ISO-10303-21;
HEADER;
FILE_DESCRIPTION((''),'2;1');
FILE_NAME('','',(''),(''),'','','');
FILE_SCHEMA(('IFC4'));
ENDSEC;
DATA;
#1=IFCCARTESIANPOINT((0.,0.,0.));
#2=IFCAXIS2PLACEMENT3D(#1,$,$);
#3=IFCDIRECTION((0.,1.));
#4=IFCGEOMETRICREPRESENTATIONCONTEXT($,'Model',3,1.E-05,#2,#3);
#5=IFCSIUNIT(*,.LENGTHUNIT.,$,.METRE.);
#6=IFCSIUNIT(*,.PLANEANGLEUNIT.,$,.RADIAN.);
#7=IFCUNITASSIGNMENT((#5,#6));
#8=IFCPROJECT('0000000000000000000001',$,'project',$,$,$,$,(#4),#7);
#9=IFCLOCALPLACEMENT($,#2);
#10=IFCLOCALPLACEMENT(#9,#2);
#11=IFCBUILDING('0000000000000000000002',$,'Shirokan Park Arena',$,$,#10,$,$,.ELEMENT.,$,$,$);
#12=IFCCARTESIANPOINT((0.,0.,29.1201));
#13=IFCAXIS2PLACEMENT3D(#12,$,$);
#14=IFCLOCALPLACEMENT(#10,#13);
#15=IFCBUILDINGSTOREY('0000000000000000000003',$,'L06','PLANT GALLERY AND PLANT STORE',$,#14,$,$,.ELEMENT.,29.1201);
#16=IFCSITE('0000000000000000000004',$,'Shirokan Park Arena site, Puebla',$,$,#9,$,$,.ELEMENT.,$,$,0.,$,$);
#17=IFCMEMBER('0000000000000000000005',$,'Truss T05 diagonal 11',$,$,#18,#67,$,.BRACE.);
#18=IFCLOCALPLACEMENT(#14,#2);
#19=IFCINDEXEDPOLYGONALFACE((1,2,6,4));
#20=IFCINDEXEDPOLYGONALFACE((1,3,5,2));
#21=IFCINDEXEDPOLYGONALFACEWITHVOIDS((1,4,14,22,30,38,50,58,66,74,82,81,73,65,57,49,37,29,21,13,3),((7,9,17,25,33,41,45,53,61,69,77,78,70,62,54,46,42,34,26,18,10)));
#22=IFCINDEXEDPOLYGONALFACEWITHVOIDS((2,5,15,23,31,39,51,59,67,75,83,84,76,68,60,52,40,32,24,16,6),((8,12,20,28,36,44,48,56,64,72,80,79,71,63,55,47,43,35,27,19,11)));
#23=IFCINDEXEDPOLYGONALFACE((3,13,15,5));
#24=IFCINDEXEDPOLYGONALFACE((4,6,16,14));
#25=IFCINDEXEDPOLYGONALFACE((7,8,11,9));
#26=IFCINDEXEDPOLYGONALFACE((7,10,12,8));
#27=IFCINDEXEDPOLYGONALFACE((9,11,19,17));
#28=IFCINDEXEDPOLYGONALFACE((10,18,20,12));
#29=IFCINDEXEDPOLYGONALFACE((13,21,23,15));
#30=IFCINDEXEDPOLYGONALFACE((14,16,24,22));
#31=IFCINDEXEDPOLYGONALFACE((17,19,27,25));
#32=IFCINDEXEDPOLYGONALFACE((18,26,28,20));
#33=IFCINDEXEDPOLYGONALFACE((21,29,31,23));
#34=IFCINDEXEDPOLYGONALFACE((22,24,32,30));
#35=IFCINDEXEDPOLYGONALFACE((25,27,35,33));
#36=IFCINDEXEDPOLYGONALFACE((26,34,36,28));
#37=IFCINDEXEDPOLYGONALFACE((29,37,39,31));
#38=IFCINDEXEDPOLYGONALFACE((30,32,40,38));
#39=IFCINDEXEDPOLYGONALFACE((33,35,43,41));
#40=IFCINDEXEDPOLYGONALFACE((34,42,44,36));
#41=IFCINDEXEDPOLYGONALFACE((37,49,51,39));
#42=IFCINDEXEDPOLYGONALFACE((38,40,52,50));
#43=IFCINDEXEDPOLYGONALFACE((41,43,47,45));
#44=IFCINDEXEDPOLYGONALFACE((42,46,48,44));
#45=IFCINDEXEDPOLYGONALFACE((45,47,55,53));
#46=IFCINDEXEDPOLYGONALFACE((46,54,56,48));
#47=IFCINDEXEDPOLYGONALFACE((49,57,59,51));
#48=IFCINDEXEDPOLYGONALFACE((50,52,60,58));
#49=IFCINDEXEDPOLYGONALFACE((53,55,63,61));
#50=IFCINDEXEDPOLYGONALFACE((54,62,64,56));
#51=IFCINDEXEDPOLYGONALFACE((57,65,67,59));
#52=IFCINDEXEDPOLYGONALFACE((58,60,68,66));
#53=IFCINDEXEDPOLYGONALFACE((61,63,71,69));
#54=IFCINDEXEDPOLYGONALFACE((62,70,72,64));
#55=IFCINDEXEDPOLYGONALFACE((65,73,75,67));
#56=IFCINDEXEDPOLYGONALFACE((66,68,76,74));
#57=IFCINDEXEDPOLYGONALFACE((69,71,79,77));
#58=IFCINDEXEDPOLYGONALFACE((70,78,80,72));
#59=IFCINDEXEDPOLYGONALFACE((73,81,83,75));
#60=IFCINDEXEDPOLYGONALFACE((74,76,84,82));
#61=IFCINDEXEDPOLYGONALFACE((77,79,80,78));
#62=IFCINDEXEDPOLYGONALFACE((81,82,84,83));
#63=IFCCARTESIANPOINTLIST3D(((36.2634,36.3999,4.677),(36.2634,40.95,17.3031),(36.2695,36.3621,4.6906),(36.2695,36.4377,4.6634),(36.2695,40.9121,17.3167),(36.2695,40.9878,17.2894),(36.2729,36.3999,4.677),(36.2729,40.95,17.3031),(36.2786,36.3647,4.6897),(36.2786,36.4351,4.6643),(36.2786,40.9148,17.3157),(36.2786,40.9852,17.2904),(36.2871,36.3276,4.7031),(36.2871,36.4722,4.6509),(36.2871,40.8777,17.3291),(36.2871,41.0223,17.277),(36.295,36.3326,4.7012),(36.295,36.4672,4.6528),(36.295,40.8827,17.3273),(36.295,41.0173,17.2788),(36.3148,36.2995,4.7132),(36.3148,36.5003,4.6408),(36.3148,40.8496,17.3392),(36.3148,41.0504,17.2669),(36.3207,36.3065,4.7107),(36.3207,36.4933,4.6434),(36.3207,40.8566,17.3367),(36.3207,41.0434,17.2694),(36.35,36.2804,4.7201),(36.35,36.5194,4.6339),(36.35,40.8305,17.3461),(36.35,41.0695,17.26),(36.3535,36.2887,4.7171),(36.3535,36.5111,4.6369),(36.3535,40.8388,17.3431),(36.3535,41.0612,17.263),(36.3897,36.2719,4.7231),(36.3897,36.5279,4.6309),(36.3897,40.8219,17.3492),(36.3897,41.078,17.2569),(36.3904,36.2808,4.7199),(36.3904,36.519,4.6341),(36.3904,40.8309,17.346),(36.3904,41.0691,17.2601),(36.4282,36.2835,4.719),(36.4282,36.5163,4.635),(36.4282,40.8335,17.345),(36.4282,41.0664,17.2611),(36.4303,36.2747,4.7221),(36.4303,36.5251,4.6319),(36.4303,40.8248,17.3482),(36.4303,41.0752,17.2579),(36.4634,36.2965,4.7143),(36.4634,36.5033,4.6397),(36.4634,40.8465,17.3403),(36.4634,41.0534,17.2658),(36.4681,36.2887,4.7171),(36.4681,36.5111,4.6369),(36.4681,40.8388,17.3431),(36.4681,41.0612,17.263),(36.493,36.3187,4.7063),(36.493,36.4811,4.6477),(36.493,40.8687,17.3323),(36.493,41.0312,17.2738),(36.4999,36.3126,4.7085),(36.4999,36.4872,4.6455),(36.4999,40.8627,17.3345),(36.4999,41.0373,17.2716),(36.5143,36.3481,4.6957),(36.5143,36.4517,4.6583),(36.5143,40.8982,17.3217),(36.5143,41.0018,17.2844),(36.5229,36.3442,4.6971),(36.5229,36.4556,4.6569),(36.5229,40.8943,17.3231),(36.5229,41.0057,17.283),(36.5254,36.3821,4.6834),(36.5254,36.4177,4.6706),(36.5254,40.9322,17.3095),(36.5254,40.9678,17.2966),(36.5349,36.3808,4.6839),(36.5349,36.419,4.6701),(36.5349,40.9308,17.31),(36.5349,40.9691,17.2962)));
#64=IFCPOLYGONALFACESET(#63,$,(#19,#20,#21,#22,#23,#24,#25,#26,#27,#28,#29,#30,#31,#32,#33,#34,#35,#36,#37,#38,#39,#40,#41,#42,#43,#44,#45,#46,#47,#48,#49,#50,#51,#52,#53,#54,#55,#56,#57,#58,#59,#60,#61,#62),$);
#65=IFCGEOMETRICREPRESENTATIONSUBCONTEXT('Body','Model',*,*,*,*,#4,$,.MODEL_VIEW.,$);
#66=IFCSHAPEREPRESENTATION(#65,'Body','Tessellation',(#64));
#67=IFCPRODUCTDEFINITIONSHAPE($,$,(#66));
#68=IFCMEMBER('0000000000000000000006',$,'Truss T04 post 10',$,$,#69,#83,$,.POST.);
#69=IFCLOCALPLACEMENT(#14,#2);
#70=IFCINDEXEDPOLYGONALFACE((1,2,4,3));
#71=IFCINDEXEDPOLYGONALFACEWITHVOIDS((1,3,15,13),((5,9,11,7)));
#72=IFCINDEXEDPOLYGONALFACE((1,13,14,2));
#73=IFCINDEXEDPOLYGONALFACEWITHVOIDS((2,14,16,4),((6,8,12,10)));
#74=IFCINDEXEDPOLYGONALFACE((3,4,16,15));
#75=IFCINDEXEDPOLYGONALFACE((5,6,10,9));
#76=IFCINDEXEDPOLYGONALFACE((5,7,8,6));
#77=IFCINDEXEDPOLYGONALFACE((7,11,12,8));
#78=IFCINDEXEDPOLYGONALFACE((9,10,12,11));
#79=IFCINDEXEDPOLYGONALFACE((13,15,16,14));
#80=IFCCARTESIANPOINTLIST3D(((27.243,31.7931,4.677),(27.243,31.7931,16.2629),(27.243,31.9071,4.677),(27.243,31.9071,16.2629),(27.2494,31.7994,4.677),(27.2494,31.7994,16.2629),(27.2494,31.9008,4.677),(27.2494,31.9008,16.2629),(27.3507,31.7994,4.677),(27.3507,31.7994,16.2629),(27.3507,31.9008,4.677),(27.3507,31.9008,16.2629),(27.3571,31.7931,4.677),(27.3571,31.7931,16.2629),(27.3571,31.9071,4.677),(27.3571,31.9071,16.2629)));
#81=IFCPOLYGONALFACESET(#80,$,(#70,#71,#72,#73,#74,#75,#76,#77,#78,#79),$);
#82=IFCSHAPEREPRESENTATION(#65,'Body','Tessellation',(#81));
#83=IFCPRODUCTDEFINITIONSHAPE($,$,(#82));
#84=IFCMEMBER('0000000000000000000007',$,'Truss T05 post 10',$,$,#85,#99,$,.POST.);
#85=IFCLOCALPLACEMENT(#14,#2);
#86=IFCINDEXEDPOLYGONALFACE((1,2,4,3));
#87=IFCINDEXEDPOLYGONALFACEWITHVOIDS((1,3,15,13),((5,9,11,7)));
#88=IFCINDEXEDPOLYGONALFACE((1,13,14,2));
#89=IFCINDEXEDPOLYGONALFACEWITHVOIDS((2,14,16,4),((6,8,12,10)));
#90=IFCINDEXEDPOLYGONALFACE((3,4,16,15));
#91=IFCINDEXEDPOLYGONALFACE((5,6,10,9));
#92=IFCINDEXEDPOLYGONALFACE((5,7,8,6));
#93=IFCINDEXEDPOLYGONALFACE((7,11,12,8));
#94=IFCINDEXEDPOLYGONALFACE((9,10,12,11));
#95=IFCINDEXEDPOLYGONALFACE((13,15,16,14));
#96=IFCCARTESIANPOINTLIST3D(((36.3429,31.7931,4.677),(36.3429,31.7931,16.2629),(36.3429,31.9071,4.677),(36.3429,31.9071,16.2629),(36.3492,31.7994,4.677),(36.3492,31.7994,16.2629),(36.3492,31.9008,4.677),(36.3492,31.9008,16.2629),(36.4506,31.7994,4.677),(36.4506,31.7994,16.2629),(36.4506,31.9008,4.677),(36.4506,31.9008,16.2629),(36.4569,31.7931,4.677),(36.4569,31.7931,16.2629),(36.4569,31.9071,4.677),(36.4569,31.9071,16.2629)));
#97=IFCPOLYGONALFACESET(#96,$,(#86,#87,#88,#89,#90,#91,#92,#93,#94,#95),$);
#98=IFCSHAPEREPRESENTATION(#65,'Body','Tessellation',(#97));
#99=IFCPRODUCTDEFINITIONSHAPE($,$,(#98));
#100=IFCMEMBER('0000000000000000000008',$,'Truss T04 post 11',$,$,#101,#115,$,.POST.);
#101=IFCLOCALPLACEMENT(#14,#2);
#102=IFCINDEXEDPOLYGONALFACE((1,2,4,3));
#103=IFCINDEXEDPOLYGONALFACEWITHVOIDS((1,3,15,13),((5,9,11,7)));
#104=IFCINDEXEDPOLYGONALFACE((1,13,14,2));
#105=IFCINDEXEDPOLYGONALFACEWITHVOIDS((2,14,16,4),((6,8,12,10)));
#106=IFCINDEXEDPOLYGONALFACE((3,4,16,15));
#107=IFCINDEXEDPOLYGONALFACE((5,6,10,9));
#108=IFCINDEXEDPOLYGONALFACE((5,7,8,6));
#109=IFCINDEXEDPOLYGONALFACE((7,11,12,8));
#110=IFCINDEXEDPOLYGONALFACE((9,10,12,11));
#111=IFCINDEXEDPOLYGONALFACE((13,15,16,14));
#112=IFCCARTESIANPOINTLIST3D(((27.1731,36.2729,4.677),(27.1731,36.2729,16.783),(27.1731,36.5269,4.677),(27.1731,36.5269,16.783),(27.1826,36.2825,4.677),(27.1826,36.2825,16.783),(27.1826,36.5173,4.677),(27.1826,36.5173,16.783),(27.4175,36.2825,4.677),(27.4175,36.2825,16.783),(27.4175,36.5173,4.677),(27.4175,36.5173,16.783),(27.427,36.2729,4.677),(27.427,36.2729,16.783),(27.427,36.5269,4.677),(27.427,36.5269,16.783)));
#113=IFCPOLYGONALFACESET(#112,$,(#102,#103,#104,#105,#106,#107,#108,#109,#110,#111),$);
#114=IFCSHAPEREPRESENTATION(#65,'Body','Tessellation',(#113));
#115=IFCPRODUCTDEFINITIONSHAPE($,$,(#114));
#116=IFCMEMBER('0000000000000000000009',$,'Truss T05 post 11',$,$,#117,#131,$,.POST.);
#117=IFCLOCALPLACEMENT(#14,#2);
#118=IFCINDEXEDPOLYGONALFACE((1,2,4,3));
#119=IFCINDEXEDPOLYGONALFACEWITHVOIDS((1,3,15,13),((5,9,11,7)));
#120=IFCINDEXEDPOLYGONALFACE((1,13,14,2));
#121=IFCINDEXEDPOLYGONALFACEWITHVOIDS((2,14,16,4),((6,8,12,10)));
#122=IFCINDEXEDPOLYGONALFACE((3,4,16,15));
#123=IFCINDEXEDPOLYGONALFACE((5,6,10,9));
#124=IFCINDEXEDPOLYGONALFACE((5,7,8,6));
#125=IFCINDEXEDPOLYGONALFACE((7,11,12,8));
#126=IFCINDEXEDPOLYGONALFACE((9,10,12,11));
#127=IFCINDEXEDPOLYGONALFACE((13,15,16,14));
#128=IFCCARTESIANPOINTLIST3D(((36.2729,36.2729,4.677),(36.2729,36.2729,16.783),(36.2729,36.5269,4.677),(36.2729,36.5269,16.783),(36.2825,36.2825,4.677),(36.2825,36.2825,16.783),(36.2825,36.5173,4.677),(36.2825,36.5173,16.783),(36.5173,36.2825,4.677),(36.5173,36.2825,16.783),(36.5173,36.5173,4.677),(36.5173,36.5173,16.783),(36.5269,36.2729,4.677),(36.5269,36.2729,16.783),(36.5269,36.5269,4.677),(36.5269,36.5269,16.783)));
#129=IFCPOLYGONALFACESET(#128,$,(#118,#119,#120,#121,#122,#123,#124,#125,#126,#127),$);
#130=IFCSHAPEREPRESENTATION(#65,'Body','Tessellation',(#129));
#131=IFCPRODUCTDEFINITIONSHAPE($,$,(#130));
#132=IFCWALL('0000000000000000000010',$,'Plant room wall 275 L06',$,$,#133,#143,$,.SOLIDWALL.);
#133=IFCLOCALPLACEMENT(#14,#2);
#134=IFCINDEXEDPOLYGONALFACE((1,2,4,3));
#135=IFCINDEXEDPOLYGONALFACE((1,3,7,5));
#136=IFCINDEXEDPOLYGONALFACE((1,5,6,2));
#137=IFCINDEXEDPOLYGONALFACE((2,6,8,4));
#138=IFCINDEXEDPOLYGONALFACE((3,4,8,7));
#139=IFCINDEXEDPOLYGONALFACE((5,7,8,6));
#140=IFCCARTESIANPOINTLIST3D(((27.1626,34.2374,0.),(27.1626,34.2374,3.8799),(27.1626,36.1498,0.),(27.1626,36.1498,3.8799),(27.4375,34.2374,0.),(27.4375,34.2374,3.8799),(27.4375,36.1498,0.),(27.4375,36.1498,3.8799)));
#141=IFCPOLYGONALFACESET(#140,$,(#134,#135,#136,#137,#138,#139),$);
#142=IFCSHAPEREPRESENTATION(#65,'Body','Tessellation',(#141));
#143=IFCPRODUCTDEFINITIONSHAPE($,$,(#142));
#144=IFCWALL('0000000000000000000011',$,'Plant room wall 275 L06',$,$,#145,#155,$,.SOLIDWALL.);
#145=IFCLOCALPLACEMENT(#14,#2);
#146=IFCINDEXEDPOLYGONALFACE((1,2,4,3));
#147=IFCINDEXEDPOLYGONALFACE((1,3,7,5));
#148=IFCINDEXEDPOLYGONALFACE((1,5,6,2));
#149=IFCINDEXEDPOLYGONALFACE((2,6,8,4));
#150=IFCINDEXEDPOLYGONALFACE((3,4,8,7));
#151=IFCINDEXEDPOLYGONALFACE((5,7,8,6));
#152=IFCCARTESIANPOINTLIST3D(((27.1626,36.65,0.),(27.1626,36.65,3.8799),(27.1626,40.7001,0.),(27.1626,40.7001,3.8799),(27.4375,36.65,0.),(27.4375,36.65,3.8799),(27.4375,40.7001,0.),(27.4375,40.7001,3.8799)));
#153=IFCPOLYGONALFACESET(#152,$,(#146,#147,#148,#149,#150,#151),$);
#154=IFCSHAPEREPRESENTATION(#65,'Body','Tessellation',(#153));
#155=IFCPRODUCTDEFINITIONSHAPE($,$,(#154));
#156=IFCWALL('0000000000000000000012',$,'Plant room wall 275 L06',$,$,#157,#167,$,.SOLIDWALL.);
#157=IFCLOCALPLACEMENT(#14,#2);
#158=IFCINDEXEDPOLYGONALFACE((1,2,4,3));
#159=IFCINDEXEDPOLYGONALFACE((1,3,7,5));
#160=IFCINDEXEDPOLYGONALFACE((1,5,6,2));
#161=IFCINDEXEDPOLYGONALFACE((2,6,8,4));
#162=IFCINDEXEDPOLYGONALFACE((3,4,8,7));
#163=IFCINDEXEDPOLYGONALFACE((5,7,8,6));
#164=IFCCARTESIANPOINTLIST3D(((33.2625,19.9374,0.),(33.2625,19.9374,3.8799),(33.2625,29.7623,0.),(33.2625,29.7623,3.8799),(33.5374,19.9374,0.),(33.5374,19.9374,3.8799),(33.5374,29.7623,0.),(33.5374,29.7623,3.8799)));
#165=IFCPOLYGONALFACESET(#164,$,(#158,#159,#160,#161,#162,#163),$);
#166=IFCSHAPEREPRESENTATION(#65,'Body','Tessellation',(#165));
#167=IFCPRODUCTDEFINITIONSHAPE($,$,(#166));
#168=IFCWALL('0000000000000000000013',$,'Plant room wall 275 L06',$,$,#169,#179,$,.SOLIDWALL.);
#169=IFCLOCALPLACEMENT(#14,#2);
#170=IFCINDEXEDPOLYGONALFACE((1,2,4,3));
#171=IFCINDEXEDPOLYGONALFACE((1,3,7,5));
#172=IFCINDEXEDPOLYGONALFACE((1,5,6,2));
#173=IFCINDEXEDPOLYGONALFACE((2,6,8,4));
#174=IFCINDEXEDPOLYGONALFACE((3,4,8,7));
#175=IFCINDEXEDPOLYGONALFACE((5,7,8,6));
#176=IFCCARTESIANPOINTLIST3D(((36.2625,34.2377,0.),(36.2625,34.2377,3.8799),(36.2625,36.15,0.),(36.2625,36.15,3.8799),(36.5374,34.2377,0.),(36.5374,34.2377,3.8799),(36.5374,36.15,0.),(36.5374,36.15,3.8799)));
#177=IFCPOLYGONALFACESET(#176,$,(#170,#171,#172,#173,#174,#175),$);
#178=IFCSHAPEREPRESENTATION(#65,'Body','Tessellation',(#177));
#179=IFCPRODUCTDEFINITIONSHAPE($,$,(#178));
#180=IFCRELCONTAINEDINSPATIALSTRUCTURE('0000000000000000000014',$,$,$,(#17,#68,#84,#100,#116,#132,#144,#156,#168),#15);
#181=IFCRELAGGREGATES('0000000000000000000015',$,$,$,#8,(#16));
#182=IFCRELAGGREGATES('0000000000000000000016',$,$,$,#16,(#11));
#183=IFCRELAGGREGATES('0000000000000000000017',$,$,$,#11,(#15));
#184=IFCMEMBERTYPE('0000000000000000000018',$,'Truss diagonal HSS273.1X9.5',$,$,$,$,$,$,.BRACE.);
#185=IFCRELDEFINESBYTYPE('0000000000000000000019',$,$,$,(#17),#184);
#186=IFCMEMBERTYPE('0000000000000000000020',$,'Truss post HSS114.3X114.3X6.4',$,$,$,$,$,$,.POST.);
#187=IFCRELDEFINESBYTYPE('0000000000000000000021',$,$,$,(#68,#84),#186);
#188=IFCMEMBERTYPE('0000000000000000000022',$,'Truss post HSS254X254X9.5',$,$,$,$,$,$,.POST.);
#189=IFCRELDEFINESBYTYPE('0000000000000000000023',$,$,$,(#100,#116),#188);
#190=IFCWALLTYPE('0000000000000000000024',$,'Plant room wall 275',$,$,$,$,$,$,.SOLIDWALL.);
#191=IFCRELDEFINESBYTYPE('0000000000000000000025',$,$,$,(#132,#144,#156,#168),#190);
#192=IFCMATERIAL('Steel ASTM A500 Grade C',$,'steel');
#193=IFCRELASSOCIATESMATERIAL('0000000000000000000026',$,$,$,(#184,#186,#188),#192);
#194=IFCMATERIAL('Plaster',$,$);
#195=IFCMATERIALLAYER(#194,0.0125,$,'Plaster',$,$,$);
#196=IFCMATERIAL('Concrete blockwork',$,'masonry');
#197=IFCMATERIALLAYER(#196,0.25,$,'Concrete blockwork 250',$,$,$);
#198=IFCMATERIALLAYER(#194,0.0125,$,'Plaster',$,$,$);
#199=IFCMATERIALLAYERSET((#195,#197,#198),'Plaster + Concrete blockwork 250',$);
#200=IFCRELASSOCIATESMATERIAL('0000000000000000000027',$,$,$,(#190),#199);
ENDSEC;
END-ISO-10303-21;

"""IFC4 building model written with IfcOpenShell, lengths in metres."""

from ifc_helpers import new_model, si_unit, direction, frame, frame_2d, origin, origin_2d, place, context, subcontext, project, spatial, rectangle, hollow_rectangle, hollow_circle, extrude, material, layer, layer_set, material_profile, profile_set, type_object, element, save


model = new_model("IFC4")

# Units and contexts
model_context = context("Model", 3, precision=1e-05, world=origin(), true_north=direction((0.0, 1.0)))
body_context = subcontext(model_context, "Body", "Model", "MODEL_VIEW")
ifc_project = project(units=[si_unit("LENGTHUNIT", "METRE"), si_unit("PLANEANGLEUNIT", "RADIAN")], contexts=[model_context])

# Site, building, storey
site_placement = place(None, origin())
site = spatial("IfcSite", under=ifc_project, at=site_placement, Name="Shirokan Park Arena site, Puebla", CompositionType="ELEMENT", RefElevation=0.0)
building_placement = place(site_placement, origin())
building = spatial("IfcBuilding", under=site, at=building_placement, Name="Shirokan Park Arena", CompositionType="ELEMENT")
storey_placement = place(building_placement, frame((0.0, 0.0, 29.1201)))
storey = spatial("IfcBuildingStorey", under=building, at=storey_placement, Name="L06", Description="PLANT GALLERY AND PLANT STORE", CompositionType="ELEMENT", Elevation=29.1201)

# Shared definitions
ifc_material_1 = material(Name="Steel ASTM A500 Grade C", Category="steel")

# Members
ifc_material_profile_1 = material_profile(ifc_material_1, hollow_circle(Radius=0.1365, WallThickness=0.0095, at=origin_2d()), Name="HSS273.1X9.5")
ifc_profile_set_1 = profile_set([ifc_material_profile_1], Name="Steel ASTM A500 Grade C")
member_type_1 = type_object("IfcMemberType", Name="Truss diagonal HSS273.1X9.5", PredefinedType="BRACE", material=ifc_profile_set_1)
for number, where, z_axis, x_axis, name in (
    (1, (36.3999, 36.3999, 4.677), (0.0, 0.339029, 0.940776), (-1.0, 0.0, 0.0), "Truss T05 diagonal 11"),
):
    element("IfcMember", number, at=place(storey_placement, frame(where, z_axis=z_axis, x_axis=x_axis)), inside=storey, type_object=member_type_1, Name=name, PredefinedType="BRACE", context=body_context, shape_type="SweptSolid", body=[
        extrude(hollow_circle(Radius=0.1365, WallThickness=0.0095, at=origin_2d()), origin(), (0.0, 0.0, 1.0), 13.4209),
    ])
ifc_material_profile_2 = material_profile(ifc_material_1, hollow_rectangle(XDim=0.114, YDim=0.114, WallThickness=0.0063, at=origin_2d()), Name="HSS114.3X114.3X6.4")
ifc_profile_set_2 = profile_set([ifc_material_profile_2], Name="Steel ASTM A500 Grade C")
member_type_2 = type_object("IfcMemberType", Name="Truss post HSS114.3X114.3X6.4", PredefinedType="POST", material=ifc_profile_set_2)
for number, where, z_axis, x_axis, name in (
    (2, (27.3, 31.8501, 4.677), (0.0, 0.0, 1.0), (1.0, 0.0, 0.0), "Truss T04 post 10"),
    (3, (36.3999, 31.8501, 4.677), (0.0, 0.0, 1.0), (1.0, 0.0, 0.0), "Truss T05 post 10"),
):
    element("IfcMember", number, at=place(storey_placement, frame(where, z_axis=z_axis, x_axis=x_axis)), inside=storey, type_object=member_type_2, Name=name, PredefinedType="POST", context=body_context, shape_type="SweptSolid", body=[
        extrude(hollow_rectangle(XDim=0.114, YDim=0.114, WallThickness=0.0063, at=origin_2d()), origin(), (0.0, 0.0, 1.0), 11.5859),
    ])
ifc_material_profile_3 = material_profile(ifc_material_1, hollow_rectangle(XDim=0.2539, YDim=0.2539, WallThickness=0.0095, at=origin_2d()), Name="HSS254X254X9.5")
ifc_profile_set_3 = profile_set([ifc_material_profile_3], Name="Steel ASTM A500 Grade C")
member_type_3 = type_object("IfcMemberType", Name="Truss post HSS254X254X9.5", PredefinedType="POST", material=ifc_profile_set_3)
for number, where, z_axis, x_axis, name in (
    (4, (27.3, 36.3999, 4.677), (0.0, 0.0, 1.0), (1.0, 0.0, 0.0), "Truss T04 post 11"),
    (5, (36.3999, 36.3999, 4.677), (0.0, 0.0, 1.0), (1.0, 0.0, 0.0), "Truss T05 post 11"),
):
    element("IfcMember", number, at=place(storey_placement, frame(where, z_axis=z_axis, x_axis=x_axis)), inside=storey, type_object=member_type_3, Name=name, PredefinedType="POST", context=body_context, shape_type="SweptSolid", body=[
        extrude(hollow_rectangle(XDim=0.2539, YDim=0.2539, WallThickness=0.0095, at=origin_2d()), origin(), (0.0, 0.0, 1.0), 12.106),
    ])

# Walls
ifc_material_2 = material(Name="Plaster")
ifc_layer_1 = layer(ifc_material_2, 0.0125, Name="Plaster")
ifc_material_3 = material(Name="Concrete blockwork", Category="masonry")
ifc_layer_2 = layer(ifc_material_3, 0.25, Name="Concrete blockwork 250")
ifc_layer_3 = layer(ifc_material_2, 0.0125, Name="Plaster")
ifc_layer_set = layer_set([ifc_layer_1, ifc_layer_2, ifc_layer_3], Name="Plaster + Concrete blockwork 250")
wall_type = type_object("IfcWallType", Name="Plant room wall 275", PredefinedType="SOLIDWALL", material=ifc_layer_set)
wall_1_placement = place(storey_placement, frame((27.3, 34.2375, 0.0), z_axis=(0.0, 0.0, 1.0), x_axis=(0.0, 1.0, 0.0)))
element("IfcWall", 6, at=wall_1_placement, inside=storey, type_object=wall_type, Name="Plant room wall 275 L06", PredefinedType="SOLIDWALL", context=body_context, shape_type="SweptSolid", body=[
    extrude(rectangle(XDim=1.9124, YDim=0.2749, at=frame_2d((0.9561, 0.0))), origin(), (0.0, 0.0, 1.0), 3.8799),
])
wall_2_placement = place(storey_placement, frame((27.3, 40.7, 0.0), z_axis=(0.0, 0.0, 1.0), x_axis=(0.0, -1.0, 0.0)))
element("IfcWall", 7, at=wall_2_placement, inside=storey, type_object=wall_type, Name="Plant room wall 275 L06", PredefinedType="SOLIDWALL", context=body_context, shape_type="SweptSolid", body=[
    extrude(rectangle(XDim=4.05, YDim=0.2749, at=frame_2d((2.0249, 0.0))), origin(), (0.0, 0.0, 1.0), 3.8799),
])
wall_3_placement = place(storey_placement, frame((33.3999, 29.7625, 0.0), z_axis=(0.0, 0.0, 1.0), x_axis=(0.0, -1.0, 0.0)))
element("IfcWall", 8, at=wall_3_placement, inside=storey, type_object=wall_type, Name="Plant room wall 275 L06", PredefinedType="SOLIDWALL", context=body_context, shape_type="SweptSolid", body=[
    extrude(rectangle(XDim=9.825, YDim=0.2749, at=frame_2d((4.9126, 0.0))), origin(), (0.0, 0.0, 1.0), 3.8799),
])
wall_4_placement = place(storey_placement, frame((36.3999, 36.1499, 0.0), z_axis=(0.0, 0.0, 1.0), x_axis=(0.0, -1.0, 0.0)))
element("IfcWall", 9, at=wall_4_placement, inside=storey, type_object=wall_type, Name="Plant room wall 275 L06", PredefinedType="SOLIDWALL", context=body_context, shape_type="SweptSolid", body=[
    extrude(rectangle(XDim=1.9124, YDim=0.2749, at=frame_2d((0.9561, 0.0))), origin(), (0.0, 0.0, 1.0), 3.8799),
])

save(model, "model.ifc")
